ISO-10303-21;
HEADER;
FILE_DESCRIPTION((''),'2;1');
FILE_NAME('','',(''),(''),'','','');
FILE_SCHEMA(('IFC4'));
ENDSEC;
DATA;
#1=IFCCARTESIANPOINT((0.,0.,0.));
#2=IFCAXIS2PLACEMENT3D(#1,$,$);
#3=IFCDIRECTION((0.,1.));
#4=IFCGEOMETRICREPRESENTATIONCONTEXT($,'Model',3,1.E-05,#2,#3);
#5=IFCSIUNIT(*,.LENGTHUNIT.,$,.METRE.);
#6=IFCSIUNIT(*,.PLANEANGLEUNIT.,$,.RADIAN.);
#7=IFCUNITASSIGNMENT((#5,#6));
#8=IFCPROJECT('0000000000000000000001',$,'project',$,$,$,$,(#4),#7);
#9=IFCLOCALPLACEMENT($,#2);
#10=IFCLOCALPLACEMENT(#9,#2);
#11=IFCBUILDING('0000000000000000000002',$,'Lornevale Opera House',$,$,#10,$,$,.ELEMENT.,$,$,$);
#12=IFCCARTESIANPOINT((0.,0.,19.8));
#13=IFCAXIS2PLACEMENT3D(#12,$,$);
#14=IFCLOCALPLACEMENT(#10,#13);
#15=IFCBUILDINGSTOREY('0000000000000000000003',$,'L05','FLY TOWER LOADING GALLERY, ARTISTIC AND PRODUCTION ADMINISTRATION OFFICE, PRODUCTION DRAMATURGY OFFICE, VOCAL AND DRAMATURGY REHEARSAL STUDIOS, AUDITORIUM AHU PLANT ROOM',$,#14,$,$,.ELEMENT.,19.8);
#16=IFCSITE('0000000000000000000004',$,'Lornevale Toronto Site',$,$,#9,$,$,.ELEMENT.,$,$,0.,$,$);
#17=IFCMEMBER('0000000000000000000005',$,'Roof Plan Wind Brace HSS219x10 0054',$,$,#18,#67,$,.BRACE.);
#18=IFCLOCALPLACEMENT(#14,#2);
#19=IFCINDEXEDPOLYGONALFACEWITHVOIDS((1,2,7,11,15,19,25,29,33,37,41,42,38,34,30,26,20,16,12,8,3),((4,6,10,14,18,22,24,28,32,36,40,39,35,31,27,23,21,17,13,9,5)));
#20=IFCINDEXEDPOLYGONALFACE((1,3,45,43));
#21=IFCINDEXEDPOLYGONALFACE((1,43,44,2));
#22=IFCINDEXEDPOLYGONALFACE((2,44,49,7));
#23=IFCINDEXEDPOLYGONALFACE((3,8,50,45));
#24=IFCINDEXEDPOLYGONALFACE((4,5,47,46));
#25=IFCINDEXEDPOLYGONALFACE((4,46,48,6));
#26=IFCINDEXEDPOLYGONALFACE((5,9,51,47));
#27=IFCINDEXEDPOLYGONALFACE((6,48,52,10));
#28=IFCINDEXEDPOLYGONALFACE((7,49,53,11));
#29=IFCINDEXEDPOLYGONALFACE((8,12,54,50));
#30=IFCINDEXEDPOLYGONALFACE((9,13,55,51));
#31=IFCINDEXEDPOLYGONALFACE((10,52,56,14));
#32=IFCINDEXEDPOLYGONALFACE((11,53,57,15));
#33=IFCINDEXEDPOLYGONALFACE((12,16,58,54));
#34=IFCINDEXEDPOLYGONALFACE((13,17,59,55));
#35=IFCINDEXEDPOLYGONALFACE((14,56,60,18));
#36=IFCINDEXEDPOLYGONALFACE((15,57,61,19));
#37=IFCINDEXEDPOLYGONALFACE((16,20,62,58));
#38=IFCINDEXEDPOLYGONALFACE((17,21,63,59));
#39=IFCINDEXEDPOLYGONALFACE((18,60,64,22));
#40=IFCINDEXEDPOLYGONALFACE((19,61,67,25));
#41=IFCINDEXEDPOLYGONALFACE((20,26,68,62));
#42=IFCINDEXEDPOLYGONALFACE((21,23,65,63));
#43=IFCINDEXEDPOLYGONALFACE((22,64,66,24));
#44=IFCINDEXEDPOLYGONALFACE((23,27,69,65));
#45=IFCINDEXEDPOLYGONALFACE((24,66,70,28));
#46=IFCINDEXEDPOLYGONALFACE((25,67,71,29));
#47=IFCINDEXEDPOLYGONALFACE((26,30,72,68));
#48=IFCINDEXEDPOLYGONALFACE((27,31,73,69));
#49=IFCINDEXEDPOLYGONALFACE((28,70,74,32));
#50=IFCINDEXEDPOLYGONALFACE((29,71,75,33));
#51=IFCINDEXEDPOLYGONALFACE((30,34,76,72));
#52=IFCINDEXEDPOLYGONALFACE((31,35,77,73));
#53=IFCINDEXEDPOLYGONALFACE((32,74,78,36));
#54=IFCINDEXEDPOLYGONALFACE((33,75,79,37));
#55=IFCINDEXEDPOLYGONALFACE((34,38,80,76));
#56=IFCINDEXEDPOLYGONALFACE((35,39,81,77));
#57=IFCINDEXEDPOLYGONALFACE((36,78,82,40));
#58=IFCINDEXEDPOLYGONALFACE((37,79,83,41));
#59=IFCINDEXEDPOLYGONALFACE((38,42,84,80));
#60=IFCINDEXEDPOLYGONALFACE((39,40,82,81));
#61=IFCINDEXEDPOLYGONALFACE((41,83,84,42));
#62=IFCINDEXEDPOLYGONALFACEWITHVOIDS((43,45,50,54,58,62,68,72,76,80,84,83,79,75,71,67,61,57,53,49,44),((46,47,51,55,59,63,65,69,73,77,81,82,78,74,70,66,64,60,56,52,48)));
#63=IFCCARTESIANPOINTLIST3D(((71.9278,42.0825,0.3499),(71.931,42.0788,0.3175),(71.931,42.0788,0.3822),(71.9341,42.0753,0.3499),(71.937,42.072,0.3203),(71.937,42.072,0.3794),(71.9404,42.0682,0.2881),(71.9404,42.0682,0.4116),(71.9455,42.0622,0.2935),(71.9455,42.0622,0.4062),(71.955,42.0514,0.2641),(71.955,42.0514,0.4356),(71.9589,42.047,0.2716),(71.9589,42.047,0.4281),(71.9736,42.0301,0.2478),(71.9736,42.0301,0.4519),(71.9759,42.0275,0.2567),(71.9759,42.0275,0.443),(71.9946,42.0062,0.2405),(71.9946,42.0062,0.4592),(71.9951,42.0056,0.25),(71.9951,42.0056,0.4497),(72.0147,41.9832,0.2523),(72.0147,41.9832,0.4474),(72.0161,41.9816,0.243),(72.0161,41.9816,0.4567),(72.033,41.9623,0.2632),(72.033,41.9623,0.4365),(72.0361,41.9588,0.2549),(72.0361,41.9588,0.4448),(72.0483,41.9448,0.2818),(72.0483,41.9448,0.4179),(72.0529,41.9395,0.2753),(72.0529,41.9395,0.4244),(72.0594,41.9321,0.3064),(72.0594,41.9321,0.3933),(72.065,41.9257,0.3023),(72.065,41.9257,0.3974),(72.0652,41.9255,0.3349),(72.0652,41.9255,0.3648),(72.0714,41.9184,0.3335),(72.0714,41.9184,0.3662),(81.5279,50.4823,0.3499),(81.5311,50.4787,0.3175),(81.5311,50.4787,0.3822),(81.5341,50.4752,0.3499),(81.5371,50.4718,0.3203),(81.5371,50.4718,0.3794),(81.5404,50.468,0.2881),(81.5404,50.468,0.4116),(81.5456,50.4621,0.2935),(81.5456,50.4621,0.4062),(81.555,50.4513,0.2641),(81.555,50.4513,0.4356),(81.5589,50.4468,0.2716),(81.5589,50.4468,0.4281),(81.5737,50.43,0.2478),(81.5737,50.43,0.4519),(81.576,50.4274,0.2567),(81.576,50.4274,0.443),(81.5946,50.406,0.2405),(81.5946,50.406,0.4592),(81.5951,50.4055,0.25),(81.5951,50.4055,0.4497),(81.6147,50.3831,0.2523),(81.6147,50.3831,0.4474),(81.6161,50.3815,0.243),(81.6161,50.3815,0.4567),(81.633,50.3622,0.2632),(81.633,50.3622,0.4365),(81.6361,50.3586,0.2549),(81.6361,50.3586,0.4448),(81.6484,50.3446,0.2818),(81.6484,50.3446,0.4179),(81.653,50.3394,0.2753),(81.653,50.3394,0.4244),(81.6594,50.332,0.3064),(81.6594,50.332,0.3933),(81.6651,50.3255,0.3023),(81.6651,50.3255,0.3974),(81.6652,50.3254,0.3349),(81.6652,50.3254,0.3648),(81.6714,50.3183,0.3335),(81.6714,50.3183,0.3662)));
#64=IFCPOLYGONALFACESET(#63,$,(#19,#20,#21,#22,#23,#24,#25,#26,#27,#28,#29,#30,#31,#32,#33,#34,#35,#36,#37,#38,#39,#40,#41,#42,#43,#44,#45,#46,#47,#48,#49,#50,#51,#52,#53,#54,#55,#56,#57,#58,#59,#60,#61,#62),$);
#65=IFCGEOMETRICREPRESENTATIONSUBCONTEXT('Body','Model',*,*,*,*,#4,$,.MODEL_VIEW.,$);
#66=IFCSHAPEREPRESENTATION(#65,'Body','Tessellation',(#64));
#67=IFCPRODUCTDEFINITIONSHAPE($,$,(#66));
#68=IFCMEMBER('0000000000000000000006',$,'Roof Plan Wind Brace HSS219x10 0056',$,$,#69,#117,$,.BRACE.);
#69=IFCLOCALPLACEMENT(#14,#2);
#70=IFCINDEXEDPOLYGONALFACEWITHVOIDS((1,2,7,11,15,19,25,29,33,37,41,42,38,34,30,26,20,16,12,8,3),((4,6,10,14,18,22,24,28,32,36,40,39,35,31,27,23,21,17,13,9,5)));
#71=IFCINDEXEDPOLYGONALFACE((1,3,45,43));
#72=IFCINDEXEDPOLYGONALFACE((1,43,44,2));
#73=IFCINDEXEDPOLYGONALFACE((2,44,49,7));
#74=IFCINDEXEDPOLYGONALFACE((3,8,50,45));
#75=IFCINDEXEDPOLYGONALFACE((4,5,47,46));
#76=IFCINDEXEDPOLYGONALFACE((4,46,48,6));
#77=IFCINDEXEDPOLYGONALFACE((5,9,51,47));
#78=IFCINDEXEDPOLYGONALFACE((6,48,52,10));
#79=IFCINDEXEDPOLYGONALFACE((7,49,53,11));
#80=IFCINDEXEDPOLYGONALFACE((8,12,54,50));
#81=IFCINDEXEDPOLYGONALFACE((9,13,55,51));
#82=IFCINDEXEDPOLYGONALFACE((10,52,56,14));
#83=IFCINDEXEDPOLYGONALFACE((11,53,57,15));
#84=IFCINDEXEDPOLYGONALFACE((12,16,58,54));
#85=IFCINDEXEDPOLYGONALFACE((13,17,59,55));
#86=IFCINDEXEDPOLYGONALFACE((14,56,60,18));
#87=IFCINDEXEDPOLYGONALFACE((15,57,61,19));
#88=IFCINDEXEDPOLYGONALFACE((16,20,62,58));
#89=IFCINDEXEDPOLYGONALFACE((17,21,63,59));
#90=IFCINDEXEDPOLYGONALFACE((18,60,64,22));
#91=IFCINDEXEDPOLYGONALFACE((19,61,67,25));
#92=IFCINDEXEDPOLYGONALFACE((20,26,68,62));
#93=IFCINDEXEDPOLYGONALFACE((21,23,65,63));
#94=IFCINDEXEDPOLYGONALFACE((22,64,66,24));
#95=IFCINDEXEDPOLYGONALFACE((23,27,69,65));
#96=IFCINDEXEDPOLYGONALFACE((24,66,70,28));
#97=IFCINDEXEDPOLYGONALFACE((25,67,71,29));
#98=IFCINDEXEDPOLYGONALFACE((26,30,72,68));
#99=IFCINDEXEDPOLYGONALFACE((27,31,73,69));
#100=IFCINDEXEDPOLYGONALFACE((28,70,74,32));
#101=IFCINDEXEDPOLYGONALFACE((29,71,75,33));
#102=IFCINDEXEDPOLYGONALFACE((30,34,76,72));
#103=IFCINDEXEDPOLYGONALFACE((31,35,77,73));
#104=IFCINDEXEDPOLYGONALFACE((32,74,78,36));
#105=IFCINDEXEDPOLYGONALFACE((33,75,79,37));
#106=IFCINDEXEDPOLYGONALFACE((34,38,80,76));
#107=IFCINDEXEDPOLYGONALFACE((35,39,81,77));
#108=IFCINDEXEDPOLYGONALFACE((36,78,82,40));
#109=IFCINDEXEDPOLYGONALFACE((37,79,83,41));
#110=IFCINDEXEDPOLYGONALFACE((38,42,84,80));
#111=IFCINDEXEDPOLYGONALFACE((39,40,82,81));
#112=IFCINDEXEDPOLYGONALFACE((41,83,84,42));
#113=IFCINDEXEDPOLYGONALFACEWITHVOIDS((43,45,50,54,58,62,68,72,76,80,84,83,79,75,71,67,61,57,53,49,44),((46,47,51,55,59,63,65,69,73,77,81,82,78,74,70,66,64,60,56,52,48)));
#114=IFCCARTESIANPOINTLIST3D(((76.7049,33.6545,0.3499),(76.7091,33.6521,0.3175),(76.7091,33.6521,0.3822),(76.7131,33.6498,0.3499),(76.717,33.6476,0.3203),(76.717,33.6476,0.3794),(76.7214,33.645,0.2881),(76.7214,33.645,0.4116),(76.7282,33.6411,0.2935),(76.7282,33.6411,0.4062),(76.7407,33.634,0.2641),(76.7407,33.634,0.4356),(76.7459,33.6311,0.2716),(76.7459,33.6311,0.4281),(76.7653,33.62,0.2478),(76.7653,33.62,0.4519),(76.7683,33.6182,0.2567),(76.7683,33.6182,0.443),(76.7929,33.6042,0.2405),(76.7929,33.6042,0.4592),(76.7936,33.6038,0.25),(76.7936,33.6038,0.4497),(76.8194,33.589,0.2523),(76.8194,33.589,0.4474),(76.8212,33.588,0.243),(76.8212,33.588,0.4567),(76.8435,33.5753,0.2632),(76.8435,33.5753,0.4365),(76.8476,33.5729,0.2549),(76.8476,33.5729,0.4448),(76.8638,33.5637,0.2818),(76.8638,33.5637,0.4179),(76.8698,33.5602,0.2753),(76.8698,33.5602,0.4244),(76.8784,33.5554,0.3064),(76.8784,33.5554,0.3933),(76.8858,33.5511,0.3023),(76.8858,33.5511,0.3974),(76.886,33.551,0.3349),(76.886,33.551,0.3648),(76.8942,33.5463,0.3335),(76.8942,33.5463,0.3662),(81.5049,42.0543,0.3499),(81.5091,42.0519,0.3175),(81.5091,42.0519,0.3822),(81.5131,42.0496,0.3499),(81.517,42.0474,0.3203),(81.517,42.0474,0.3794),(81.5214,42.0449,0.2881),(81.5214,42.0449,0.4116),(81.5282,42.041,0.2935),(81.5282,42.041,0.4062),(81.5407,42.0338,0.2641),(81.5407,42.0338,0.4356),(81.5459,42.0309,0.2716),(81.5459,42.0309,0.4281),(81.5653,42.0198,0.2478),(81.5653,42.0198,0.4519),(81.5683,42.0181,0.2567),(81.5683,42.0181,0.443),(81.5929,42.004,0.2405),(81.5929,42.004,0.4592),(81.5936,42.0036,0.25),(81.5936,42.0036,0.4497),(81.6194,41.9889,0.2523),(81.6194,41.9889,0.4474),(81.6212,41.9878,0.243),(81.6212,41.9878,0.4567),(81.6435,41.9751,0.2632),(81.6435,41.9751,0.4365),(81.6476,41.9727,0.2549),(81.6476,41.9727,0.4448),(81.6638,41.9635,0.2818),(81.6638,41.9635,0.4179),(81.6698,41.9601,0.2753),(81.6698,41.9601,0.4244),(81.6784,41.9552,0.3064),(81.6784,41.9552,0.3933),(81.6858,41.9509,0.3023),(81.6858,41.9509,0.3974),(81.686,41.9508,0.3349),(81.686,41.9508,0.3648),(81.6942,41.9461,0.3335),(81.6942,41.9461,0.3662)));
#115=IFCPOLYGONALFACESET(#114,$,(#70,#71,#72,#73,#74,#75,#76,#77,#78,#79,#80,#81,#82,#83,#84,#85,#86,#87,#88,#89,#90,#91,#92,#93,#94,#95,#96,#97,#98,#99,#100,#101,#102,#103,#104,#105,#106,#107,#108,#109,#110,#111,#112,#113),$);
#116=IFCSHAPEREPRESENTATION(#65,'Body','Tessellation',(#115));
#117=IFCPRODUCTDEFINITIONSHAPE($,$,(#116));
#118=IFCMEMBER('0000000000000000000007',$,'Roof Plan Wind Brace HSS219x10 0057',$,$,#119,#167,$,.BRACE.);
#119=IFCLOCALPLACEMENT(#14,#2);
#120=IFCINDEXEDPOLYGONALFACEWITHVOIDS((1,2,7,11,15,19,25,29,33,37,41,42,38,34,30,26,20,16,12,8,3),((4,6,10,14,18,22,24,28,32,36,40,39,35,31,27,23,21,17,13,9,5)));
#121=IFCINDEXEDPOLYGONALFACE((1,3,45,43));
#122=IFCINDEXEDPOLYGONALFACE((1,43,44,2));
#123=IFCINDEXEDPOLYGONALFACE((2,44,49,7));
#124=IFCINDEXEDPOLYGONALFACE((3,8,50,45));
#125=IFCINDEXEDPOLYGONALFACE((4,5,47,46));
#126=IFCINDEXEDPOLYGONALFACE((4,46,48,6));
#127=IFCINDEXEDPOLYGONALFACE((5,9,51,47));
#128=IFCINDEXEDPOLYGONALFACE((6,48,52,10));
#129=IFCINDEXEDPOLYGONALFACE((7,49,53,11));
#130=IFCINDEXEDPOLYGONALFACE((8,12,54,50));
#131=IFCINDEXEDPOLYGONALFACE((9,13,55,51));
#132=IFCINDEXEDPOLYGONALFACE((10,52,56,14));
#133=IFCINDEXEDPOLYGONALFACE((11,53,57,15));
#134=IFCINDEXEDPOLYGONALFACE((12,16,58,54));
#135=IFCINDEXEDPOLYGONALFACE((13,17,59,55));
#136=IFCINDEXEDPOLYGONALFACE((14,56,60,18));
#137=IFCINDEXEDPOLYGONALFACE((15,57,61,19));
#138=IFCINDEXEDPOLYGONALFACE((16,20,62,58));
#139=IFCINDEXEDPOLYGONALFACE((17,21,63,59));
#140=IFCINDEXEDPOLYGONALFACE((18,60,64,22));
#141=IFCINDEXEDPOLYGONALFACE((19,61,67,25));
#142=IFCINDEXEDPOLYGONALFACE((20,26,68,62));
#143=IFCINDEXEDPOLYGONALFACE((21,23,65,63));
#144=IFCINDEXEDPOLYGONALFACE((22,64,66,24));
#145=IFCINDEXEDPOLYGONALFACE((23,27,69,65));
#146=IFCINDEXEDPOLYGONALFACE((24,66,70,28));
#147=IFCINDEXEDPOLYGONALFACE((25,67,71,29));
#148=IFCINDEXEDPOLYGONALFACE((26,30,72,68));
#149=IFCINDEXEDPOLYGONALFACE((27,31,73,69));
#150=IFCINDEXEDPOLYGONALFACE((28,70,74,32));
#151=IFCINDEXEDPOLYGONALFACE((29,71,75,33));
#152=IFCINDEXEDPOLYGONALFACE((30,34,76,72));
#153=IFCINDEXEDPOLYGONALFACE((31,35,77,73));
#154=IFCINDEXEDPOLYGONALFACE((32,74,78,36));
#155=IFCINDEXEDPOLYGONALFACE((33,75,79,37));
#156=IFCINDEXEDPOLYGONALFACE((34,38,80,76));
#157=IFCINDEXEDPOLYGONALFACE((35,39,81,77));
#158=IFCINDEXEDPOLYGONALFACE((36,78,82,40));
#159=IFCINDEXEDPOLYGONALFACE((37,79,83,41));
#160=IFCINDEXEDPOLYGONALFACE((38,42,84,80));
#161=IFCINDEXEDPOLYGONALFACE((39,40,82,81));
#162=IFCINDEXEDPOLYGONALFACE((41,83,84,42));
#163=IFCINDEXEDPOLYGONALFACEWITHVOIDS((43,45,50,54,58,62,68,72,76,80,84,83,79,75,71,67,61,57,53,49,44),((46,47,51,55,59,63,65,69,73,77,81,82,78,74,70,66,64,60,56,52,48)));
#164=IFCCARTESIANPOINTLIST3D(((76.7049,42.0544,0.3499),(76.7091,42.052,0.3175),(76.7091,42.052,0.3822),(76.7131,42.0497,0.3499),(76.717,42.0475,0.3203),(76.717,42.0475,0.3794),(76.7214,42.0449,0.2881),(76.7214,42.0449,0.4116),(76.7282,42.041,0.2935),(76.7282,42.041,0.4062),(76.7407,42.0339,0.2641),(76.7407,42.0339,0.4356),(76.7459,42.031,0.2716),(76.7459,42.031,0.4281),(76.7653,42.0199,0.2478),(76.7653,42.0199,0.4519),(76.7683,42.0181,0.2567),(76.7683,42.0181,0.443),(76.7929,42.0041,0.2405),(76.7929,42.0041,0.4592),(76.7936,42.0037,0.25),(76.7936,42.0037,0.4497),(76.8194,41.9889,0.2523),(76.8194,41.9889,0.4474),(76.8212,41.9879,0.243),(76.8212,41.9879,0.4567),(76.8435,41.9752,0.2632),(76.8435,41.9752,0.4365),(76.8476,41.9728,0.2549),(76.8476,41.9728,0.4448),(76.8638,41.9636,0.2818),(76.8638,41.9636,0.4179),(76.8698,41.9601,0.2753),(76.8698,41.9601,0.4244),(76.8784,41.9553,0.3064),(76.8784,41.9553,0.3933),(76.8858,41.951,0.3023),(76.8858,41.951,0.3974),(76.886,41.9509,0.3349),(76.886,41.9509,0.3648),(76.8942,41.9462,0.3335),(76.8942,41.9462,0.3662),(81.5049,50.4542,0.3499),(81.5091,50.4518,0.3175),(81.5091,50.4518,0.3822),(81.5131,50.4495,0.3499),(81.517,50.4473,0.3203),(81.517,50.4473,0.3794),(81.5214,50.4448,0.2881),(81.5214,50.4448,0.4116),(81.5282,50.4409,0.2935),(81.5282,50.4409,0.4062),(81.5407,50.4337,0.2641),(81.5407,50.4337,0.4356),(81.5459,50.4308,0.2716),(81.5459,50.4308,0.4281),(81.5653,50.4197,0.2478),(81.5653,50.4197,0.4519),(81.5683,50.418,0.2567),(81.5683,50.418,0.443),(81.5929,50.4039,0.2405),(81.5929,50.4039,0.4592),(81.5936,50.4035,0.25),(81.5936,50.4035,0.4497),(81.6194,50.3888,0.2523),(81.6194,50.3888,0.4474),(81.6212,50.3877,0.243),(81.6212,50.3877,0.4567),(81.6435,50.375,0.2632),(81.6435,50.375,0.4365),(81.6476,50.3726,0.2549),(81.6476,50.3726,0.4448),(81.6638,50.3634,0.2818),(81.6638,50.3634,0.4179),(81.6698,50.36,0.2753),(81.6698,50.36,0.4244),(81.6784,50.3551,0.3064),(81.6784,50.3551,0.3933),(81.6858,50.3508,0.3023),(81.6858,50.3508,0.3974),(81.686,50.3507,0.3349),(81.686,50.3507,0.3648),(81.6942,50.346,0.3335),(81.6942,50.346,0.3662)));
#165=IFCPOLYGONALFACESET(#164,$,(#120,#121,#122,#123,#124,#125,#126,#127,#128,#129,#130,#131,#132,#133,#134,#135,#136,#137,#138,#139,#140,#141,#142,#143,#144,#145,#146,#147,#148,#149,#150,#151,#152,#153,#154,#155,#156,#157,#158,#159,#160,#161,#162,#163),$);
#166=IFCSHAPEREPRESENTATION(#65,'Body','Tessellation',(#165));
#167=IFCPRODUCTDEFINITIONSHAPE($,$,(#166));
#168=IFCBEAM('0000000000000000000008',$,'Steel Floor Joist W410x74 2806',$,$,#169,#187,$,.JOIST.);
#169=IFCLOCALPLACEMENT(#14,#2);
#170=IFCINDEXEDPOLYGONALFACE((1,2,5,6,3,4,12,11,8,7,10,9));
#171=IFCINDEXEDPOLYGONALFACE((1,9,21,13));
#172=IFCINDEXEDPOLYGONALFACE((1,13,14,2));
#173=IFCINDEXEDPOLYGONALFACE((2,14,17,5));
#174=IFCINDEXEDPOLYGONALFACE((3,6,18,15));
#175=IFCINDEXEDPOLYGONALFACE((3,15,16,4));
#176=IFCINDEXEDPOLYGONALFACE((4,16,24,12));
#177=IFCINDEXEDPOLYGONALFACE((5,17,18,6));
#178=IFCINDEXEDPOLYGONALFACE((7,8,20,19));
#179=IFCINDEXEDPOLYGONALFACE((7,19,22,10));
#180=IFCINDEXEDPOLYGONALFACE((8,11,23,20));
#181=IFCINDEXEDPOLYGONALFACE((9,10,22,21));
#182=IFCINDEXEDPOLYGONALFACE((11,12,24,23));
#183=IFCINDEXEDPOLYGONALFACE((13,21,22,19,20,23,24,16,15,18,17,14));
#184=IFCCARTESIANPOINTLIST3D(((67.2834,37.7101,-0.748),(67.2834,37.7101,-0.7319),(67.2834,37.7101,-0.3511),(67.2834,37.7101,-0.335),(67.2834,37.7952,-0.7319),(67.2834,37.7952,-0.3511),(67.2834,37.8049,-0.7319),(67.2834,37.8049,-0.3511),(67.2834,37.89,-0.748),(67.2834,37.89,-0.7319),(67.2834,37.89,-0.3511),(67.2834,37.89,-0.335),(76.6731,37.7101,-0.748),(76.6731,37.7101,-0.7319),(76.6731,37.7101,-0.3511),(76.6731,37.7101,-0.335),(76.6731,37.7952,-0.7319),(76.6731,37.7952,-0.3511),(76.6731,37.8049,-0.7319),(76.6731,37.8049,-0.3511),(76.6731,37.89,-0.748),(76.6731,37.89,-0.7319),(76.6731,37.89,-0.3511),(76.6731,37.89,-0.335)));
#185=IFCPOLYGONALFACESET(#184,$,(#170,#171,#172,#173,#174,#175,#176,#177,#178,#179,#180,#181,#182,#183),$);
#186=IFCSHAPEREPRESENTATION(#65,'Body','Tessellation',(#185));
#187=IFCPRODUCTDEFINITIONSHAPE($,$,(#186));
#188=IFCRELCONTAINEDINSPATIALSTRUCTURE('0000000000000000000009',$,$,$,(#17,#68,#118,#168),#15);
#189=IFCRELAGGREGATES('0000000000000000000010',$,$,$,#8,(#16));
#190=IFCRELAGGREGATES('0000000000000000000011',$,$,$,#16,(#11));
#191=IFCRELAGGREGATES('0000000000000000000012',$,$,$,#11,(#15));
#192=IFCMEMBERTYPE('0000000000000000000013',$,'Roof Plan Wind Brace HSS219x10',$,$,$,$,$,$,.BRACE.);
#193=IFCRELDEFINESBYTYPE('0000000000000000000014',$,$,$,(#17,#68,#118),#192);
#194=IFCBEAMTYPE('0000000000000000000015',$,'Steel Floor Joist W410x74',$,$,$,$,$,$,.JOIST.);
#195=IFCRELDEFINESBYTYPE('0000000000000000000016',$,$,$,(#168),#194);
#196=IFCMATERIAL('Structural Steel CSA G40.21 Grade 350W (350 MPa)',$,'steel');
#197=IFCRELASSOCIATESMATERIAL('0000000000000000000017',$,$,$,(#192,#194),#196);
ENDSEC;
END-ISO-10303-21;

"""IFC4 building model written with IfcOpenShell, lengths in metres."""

from ifc_helpers import new_model, si_unit, direction, frame, origin, origin_2d, place, context, subcontext, project, spatial, hollow_circle, i_section, extrude, material, material_profile, profile_set, type_object, element, save


model = new_model("IFC4")

# Units and contexts
model_context = context("Model", 3, precision=1e-05, world=origin(), true_north=direction((0.0, 1.0)))
body_context = subcontext(model_context, "Body", "Model", "MODEL_VIEW")
ifc_project = project(units=[si_unit("LENGTHUNIT", "METRE"), si_unit("PLANEANGLEUNIT", "RADIAN")], contexts=[model_context])

# Site, building, storey
site_placement = place(None, origin())
site = spatial("IfcSite", under=ifc_project, at=site_placement, Name="Lornevale Toronto Site", CompositionType="ELEMENT", RefElevation=0.0)
building_placement = place(site_placement, origin())
building = spatial("IfcBuilding", under=site, at=building_placement, Name="Lornevale Opera House", CompositionType="ELEMENT")
storey_placement = place(building_placement, frame((0.0, 0.0, 19.8)))
storey = spatial("IfcBuildingStorey", under=building, at=storey_placement, Name="L05", Description="FLY TOWER LOADING GALLERY, ARTISTIC AND PRODUCTION ADMINISTRATION OFFICE, PRODUCTION DRAMATURGY OFFICE, VOCAL AND DRAMATURGY REHEARSAL STUDIOS, AUDITORIUM AHU PLANT ROOM", CompositionType="ELEMENT", Elevation=19.8)

# Shared definitions
ifc_material_1 = material(Name="Structural Steel CSA G40.21 Grade 350W (350 MPa)", Category="steel")

# Members
ifc_material_profile_1 = material_profile(ifc_material_1, hollow_circle(Radius=0.1096, WallThickness=0.0095, at=origin_2d()), Name="HSS219x10")
ifc_profile_set_1 = profile_set([ifc_material_profile_1], Name="Structural Steel CSA G40.21 Grade 350W (350 MPa)")
member_type_1 = type_object("IfcMemberType", Name="Roof Plan Wind Brace HSS219x10", PredefinedType="BRACE", material=ifc_profile_set_1)
for number, where, z_axis, x_axis, name in (
    (1, (72.0, 42.0, 0.3499), (0.752584, 0.658496, 0.0), (-0.658496, 0.752584, 0.0), "Roof Plan Wind Brace HSS219x10 0054"),
):
    element("IfcMember", number, at=place(storey_placement, frame(where, z_axis=z_axis, x_axis=x_axis)), inside=storey, type_object=member_type_1, Name=name, PredefinedType="BRACE", context=body_context, shape_type="SweptSolid", body=[
        extrude(hollow_circle(Radius=0.1096, WallThickness=0.0095, at=origin_2d()), origin(), (0.0, 0.0, 1.0), 12.7561),
    ])
for number, where, z_axis, x_axis, name in (
    (2, (76.8, 33.6001, 0.3499), (0.496147, 0.868238, 0.0), (-0.868238, 0.496147, 0.0), "Roof Plan Wind Brace HSS219x10 0056"),
    (3, (76.8, 42.0, 0.3499), (0.496147, 0.868238, 0.0), (-0.868238, 0.496147, 0.0), "Roof Plan Wind Brace HSS219x10 0057"),
):
    element("IfcMember", number, at=place(storey_placement, frame(where, z_axis=z_axis, x_axis=x_axis)), inside=storey, type_object=member_type_1, Name=name, PredefinedType="BRACE", context=body_context, shape_type="SweptSolid", body=[
        extrude(hollow_circle(Radius=0.1096, WallThickness=0.0095, at=origin_2d()), origin(), (0.0, 0.0, 1.0), 9.6746),
    ])

# Beam
ifc_material_profile_2 = material_profile(ifc_material_1, i_section(OverallWidth=0.1799, OverallDepth=0.4131, WebThickness=0.0098, FlangeThickness=0.0161, at=origin_2d()), Name="W410x74")
ifc_profile_set_2 = profile_set([ifc_material_profile_2], Name="Structural Steel CSA G40.21 Grade 350W (350 MPa)")
beam_type_1 = type_object("IfcBeamType", Name="Steel Floor Joist W410x74", PredefinedType="JOIST", material=ifc_profile_set_2)
beam_1_placement = place(storey_placement, frame((67.2834, 37.8, -0.5415), z_axis=(1.0, 0.0, 0.0), x_axis=(0.0, 1.0, 0.0)))
element("IfcBeam", 4, at=beam_1_placement, inside=storey, type_object=beam_type_1, Name="Steel Floor Joist W410x74 2806", PredefinedType="JOIST", context=body_context, shape_type="SweptSolid", body=[
    extrude(i_section(OverallWidth=0.1799, OverallDepth=0.4131, WebThickness=0.0098, FlangeThickness=0.0161, at=origin_2d()), origin(), (0.0, 0.0, 1.0), 9.3896),
])

save(model, "model.ifc")
